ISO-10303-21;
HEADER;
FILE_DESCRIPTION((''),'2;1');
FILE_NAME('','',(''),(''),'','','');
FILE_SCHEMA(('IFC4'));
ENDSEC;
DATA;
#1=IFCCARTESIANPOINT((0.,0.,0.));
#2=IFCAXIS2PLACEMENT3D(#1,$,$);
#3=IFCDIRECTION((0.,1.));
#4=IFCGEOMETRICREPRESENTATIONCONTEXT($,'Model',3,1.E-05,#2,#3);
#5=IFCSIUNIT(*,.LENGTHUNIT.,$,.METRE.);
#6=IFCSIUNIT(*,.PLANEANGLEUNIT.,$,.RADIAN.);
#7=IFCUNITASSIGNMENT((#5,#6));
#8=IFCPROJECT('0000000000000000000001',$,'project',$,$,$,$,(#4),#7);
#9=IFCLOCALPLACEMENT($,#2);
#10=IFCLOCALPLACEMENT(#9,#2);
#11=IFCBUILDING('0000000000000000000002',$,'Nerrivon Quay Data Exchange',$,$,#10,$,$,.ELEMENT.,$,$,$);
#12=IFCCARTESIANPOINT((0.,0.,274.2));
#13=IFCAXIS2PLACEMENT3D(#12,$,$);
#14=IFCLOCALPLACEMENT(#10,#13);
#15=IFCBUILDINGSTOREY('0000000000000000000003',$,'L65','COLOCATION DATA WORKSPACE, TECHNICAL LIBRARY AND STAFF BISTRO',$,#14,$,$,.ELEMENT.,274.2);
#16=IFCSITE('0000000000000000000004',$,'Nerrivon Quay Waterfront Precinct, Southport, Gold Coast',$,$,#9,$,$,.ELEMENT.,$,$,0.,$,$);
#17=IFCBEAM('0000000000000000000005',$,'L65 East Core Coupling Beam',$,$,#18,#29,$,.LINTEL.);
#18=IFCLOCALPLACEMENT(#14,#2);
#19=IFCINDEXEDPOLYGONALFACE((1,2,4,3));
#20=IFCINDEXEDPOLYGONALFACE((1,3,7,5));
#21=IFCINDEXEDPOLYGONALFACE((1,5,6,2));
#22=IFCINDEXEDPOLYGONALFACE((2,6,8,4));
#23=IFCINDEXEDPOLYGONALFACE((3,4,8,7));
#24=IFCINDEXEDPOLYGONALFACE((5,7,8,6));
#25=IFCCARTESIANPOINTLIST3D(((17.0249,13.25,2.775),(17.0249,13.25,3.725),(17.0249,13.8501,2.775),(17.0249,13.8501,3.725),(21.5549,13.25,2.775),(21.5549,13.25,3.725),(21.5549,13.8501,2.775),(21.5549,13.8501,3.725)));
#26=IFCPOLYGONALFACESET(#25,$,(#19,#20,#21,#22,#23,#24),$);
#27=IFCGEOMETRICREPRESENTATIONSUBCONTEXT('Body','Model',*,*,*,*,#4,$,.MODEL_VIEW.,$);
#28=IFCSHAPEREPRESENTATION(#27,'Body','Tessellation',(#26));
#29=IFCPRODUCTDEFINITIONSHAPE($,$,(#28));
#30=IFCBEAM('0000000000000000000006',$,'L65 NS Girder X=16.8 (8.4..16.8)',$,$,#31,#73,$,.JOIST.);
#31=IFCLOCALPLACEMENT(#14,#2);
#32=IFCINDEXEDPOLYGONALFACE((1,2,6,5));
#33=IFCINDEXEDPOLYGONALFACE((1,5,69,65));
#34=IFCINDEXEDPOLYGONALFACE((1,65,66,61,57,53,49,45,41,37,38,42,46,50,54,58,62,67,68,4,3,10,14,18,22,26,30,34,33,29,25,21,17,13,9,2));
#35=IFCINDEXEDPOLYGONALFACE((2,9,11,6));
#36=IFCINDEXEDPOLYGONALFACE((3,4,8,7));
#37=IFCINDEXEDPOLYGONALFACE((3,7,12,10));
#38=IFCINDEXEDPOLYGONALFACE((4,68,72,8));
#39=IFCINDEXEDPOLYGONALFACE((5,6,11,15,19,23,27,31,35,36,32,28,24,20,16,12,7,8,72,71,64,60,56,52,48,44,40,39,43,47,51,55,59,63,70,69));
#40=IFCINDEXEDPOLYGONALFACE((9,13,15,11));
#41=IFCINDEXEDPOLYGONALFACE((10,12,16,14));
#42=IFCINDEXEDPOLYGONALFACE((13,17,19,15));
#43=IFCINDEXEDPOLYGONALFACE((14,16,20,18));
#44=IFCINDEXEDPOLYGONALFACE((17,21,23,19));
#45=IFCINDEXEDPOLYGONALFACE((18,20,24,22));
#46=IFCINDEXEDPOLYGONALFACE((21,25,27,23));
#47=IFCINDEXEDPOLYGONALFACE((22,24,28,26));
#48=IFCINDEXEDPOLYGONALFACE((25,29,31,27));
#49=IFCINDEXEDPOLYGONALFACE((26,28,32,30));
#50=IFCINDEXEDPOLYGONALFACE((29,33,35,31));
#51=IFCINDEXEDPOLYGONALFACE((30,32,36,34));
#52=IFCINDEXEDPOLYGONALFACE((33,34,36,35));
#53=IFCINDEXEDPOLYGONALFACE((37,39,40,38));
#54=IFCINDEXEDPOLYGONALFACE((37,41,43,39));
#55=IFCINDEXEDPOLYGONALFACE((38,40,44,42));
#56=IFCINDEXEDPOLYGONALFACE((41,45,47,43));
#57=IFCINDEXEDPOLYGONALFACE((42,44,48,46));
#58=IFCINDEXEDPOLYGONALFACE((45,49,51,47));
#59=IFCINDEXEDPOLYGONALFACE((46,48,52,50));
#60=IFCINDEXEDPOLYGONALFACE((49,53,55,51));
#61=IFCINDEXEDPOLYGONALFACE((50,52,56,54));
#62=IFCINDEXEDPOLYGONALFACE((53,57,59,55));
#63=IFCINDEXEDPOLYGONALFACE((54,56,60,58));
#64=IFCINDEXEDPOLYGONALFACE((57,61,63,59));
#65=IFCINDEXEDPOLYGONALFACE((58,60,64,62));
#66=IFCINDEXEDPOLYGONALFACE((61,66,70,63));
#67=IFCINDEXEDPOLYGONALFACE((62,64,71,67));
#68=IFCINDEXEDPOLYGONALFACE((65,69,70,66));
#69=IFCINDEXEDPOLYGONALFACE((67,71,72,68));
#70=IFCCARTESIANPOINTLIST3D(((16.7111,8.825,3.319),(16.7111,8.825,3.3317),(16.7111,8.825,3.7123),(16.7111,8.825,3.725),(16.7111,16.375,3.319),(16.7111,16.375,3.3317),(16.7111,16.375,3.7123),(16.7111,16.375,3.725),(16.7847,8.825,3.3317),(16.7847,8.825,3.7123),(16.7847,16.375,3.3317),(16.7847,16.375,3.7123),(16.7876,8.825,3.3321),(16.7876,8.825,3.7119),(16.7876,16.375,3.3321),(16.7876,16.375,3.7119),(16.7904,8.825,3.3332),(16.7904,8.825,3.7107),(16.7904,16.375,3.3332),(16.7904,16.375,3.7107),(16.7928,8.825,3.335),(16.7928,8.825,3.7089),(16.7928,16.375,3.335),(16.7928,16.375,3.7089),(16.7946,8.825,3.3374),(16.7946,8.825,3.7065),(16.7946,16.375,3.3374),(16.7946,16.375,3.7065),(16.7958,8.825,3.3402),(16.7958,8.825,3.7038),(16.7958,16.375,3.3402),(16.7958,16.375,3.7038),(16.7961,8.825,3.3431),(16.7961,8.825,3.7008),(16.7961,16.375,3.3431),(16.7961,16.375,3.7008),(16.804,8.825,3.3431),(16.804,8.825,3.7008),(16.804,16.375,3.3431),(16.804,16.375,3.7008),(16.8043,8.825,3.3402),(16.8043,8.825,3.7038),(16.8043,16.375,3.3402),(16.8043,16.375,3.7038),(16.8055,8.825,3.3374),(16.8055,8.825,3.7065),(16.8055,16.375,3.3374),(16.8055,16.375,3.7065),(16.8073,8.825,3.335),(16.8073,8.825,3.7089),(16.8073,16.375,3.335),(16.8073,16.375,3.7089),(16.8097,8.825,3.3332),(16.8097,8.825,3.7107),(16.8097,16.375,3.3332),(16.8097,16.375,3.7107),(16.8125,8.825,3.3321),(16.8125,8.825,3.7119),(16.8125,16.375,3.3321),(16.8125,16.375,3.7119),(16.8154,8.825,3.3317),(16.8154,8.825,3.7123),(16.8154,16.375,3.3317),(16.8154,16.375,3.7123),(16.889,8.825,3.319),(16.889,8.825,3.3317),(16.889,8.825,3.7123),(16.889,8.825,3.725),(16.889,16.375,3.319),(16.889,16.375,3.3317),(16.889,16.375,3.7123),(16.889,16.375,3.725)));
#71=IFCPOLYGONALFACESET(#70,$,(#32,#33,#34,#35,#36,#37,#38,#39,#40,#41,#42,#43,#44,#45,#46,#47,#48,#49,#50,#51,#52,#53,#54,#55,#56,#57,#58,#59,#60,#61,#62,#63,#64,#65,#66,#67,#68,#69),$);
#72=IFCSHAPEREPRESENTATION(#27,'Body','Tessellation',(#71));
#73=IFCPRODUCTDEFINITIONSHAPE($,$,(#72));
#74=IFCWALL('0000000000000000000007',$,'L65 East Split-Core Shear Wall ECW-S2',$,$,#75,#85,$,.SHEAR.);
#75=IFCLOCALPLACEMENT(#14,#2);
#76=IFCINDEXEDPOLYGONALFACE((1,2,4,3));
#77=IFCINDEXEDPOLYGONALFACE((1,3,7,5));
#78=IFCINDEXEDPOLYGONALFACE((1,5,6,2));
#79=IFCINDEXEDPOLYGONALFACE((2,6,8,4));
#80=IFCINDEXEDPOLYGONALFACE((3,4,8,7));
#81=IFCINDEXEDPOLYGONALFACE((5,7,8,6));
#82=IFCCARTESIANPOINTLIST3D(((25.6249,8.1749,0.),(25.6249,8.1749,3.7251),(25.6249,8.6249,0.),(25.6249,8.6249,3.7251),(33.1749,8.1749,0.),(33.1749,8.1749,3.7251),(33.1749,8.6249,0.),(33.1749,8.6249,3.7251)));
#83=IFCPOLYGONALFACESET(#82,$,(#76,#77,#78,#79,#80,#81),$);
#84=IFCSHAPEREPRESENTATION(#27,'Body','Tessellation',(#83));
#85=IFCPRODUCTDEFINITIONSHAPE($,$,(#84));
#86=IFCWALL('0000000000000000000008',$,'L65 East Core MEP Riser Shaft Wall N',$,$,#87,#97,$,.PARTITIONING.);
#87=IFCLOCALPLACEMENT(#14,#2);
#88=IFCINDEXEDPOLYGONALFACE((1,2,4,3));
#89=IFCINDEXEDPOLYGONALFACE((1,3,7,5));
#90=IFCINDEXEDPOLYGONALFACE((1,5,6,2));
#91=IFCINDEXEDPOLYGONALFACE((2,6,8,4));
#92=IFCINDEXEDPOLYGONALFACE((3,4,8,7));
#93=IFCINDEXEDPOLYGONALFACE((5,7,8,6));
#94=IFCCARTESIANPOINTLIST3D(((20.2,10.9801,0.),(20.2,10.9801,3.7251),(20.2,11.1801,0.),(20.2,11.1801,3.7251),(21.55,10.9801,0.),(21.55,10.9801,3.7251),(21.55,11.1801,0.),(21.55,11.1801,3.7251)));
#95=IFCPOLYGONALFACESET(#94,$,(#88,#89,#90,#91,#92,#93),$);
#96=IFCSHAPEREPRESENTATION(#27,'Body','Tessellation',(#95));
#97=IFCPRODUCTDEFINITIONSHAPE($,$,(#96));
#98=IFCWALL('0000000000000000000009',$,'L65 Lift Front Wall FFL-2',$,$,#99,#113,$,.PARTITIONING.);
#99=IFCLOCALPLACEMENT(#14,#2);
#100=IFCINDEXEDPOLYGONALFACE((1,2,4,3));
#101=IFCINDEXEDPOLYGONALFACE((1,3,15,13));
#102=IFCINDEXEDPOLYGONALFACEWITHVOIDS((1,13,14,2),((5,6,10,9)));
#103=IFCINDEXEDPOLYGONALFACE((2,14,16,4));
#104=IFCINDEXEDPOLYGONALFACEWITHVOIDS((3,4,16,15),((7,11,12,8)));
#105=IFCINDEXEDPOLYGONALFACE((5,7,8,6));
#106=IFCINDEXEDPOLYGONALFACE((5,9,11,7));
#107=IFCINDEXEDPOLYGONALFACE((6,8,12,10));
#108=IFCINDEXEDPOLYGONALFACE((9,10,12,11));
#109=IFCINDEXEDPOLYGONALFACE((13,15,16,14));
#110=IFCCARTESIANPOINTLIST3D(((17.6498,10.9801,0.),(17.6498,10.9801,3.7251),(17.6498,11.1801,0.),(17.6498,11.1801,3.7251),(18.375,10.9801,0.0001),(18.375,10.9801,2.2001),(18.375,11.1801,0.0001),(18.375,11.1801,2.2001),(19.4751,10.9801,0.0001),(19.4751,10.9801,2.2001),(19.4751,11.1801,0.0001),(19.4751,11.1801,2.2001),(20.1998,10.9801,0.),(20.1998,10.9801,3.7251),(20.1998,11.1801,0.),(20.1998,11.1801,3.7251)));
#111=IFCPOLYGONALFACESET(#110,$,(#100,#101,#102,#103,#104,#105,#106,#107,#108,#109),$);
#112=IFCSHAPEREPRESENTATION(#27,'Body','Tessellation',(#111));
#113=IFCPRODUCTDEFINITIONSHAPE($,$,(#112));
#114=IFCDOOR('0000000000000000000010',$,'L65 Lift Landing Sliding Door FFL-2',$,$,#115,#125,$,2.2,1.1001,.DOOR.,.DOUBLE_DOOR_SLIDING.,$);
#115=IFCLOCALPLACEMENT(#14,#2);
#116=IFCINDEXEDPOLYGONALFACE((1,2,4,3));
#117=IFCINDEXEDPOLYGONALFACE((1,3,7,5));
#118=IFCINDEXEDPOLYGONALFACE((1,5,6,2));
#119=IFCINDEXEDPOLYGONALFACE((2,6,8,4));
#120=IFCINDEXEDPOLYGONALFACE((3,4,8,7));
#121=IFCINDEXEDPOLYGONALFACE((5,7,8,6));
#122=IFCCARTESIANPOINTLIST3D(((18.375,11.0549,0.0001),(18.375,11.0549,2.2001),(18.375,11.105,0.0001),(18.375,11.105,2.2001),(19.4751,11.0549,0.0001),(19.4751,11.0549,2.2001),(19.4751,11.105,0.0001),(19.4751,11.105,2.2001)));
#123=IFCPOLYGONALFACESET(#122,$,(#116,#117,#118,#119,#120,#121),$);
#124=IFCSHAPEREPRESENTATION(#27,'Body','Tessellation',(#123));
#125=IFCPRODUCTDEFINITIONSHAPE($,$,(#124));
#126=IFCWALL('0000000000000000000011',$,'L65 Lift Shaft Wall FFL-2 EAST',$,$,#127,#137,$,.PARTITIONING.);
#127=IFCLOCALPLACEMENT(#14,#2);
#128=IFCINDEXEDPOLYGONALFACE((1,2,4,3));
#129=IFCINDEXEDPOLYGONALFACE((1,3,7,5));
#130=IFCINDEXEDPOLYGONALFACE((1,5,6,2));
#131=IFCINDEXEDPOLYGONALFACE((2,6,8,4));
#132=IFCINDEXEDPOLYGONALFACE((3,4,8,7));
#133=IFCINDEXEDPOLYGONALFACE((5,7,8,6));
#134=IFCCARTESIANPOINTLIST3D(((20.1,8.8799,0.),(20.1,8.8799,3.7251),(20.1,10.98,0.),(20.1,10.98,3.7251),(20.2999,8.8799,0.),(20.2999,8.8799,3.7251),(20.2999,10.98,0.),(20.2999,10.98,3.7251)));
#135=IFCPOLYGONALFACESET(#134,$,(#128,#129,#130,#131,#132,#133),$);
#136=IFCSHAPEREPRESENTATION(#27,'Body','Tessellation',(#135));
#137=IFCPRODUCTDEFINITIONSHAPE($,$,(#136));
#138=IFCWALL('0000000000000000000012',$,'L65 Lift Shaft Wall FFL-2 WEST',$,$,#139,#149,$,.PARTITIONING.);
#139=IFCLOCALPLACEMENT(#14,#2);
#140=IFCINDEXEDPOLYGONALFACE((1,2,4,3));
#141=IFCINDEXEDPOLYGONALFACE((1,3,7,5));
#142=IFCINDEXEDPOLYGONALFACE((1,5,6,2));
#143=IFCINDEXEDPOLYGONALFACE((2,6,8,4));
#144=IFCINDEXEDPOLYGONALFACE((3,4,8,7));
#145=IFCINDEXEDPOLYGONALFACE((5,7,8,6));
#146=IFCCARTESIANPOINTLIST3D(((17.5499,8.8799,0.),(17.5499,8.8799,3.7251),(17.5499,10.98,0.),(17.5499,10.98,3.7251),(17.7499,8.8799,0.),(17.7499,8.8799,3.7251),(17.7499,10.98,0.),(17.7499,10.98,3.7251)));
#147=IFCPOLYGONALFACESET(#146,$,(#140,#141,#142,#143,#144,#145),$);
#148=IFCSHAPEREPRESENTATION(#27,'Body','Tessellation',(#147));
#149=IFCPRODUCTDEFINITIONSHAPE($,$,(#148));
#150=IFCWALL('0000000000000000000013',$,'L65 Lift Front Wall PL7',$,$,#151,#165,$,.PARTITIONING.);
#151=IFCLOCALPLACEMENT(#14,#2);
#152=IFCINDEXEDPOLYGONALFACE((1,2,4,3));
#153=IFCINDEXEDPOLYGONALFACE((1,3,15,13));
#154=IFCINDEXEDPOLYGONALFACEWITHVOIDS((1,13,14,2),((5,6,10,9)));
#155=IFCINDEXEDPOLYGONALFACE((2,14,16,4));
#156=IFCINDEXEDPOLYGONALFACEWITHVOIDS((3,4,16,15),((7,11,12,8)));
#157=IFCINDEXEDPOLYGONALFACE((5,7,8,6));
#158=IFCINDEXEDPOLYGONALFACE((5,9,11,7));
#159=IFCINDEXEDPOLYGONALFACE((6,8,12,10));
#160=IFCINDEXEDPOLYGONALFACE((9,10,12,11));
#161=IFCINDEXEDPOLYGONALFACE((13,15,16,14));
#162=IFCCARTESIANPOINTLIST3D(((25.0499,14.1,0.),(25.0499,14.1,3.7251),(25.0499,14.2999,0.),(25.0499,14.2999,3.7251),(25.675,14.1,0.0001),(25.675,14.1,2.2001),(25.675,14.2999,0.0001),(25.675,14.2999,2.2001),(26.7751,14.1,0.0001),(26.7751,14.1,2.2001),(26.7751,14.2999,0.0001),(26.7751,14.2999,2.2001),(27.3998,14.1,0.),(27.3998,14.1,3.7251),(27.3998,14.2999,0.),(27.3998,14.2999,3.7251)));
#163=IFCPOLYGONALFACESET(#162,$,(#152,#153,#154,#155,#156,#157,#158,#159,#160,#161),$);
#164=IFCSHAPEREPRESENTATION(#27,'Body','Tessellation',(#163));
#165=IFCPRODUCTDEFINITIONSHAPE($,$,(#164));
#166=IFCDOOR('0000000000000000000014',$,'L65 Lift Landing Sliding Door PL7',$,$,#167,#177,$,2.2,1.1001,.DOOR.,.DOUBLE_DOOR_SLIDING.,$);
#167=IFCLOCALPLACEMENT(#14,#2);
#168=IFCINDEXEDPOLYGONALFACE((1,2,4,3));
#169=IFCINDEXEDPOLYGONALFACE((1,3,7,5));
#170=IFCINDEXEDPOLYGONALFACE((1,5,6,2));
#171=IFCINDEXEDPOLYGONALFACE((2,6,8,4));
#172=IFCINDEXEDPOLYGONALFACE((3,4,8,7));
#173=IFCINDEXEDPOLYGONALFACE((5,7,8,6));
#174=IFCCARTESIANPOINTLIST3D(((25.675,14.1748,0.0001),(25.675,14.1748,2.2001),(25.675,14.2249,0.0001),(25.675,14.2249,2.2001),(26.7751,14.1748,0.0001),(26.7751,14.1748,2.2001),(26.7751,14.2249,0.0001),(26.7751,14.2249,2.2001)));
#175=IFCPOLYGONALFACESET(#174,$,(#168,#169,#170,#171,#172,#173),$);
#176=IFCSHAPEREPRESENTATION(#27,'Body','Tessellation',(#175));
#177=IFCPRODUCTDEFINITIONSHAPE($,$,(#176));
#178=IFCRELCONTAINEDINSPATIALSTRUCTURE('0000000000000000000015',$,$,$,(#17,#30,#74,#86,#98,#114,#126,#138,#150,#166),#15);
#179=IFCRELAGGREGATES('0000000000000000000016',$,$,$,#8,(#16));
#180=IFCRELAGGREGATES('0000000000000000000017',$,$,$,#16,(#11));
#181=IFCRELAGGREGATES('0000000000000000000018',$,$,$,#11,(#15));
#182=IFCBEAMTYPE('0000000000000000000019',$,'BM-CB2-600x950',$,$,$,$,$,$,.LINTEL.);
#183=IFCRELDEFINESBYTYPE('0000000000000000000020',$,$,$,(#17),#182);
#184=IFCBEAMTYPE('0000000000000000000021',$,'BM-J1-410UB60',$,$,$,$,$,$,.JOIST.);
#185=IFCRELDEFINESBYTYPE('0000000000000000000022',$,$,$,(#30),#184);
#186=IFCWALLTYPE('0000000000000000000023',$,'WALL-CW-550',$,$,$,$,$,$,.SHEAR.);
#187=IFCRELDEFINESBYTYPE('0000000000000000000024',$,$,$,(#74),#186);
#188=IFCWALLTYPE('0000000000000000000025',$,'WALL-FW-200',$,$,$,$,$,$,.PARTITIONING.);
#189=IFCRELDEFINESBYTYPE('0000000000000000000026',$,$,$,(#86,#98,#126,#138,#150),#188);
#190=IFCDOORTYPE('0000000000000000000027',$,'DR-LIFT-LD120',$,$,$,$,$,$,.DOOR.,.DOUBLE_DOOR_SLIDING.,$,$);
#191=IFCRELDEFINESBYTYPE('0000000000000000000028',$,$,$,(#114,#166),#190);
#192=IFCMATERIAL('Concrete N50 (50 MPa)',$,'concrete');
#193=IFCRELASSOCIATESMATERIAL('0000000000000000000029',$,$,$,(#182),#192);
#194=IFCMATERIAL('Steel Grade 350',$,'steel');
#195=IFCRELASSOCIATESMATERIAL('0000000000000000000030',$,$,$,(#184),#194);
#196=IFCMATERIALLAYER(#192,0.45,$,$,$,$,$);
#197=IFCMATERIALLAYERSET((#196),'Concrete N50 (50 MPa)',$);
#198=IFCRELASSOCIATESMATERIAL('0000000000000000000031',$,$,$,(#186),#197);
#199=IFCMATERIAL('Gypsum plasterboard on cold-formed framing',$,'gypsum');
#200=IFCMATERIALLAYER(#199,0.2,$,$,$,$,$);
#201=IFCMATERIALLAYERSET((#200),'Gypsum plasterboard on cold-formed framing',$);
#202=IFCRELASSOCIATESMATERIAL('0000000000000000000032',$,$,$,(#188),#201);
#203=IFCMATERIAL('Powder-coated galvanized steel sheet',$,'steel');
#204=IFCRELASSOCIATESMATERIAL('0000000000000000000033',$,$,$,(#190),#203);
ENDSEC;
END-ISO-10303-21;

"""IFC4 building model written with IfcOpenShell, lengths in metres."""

from ifc_helpers import new_model, si_unit, direction, frame, frame_2d, origin, origin_2d, place, context, subcontext, project, spatial, rectangle, i_section, extrude, material, layer, layer_set, material_profile, profile_set, type_object, element, fill, save


model = new_model("IFC4")

# Units and contexts
model_context = context("Model", 3, precision=1e-05, world=origin(), true_north=direction((0.0, 1.0)))
body_context = subcontext(model_context, "Body", "Model", "MODEL_VIEW")
ifc_project = project(units=[si_unit("LENGTHUNIT", "METRE"), si_unit("PLANEANGLEUNIT", "RADIAN")], contexts=[model_context])

# Site, building, storey
site_placement = place(None, origin())
site = spatial("IfcSite", under=ifc_project, at=site_placement, Name="Nerrivon Quay Waterfront Precinct, Southport, Gold Coast", CompositionType="ELEMENT", RefElevation=0.0)
building_placement = place(site_placement, origin())
building = spatial("IfcBuilding", under=site, at=building_placement, Name="Nerrivon Quay Data Exchange", CompositionType="ELEMENT")
storey_placement = place(building_placement, frame((0.0, 0.0, 274.2)))
storey = spatial("IfcBuildingStorey", under=building, at=storey_placement, Name="L65", Description="COLOCATION DATA WORKSPACE, TECHNICAL LIBRARY AND STAFF BISTRO", CompositionType="ELEMENT", Elevation=274.2)

# Beams
ifc_material_1 = material(Name="Concrete N50 (50 MPa)", Category="concrete")
ifc_material_profile_1 = material_profile(ifc_material_1, rectangle(XDim=0.6001, YDim=0.95, at=origin_2d()), Name="RC-CB-600x950")
ifc_profile_set_1 = profile_set([ifc_material_profile_1], Name="Concrete N50 (50 MPa)")
beam_type_1 = type_object("IfcBeamType", Name="BM-CB2-600x950", PredefinedType="LINTEL", material=ifc_profile_set_1)
beam_1_placement = place(storey_placement, frame((17.0249, 13.55, 3.25), z_axis=(1.0, 0.0, 0.0), x_axis=(0.0, 1.0, 0.0)))
element("IfcBeam", 1, at=beam_1_placement, inside=storey, type_object=beam_type_1, Name="L65 East Core Coupling Beam", PredefinedType="LINTEL", context=body_context, shape_type="SweptSolid", body=[
    extrude(rectangle(XDim=0.6001, YDim=0.95, at=origin_2d()), origin(), (0.0, 0.0, 1.0), 4.53),
])
ifc_material_2 = material(Name="Steel Grade 350", Category="steel")
ifc_material_profile_2 = material_profile(ifc_material_2, i_section(OverallWidth=0.178, OverallDepth=0.406, WebThickness=0.0078, FlangeThickness=0.0127, FilletRadius=0.0115, at=origin_2d()), Name="410UB59.7")
ifc_profile_set_2 = profile_set([ifc_material_profile_2], Name="Steel Grade 350")
beam_type_2 = type_object("IfcBeamType", Name="BM-J1-410UB60", PredefinedType="JOIST", material=ifc_profile_set_2)
beam_2_placement = place(storey_placement, frame((16.8, 8.825, 3.522), z_axis=(0.0, 1.0, 0.0), x_axis=(-1.0, 0.0, 0.0)))
element("IfcBeam", 2, at=beam_2_placement, inside=storey, type_object=beam_type_2, Name="L65 NS Girder X=16.8 (8.4..16.8)", PredefinedType="JOIST", context=body_context, shape_type="SweptSolid", body=[
    extrude(i_section(OverallWidth=0.178, OverallDepth=0.406, WebThickness=0.0078, FlangeThickness=0.0127, FilletRadius=0.0115, at=origin_2d()), origin(), (0.0, 0.0, 1.0), 7.55),
])

# Wall
ifc_layer_1 = layer(ifc_material_1, 0.45)
ifc_layer_set_1 = layer_set([ifc_layer_1], Name="Concrete N50 (50 MPa)")
wall_type_1 = type_object("IfcWallType", Name="WALL-CW-550", PredefinedType="SHEAR", material=ifc_layer_set_1)
wall_1_placement = place(storey_placement, frame((25.625, 8.3999, 0.0), z_axis=(0.0, 0.0, 1.0), x_axis=(1.0, 0.0, 0.0)))
element("IfcWall", 3, at=wall_1_placement, inside=storey, type_object=wall_type_1, Name="L65 East Split-Core Shear Wall ECW-S2", PredefinedType="SHEAR", context=body_context, shape_type="SweptSolid", body=[
    extrude(rectangle(XDim=7.55, YDim=0.45, at=frame_2d((3.7749, 0.0))), origin(), (0.0, 0.0, 1.0), 3.7251),
])

# Shared definitions
ifc_material_3 = material(Name="Powder-coated galvanized steel sheet", Category="steel")

# Wall
ifc_material_4 = material(Name="Gypsum plasterboard on cold-formed framing", Category="gypsum")
ifc_layer_2 = layer(ifc_material_4, 0.2)
ifc_layer_set_2 = layer_set([ifc_layer_2], Name="Gypsum plasterboard on cold-formed framing")
wall_type_2 = type_object("IfcWallType", Name="WALL-FW-200", PredefinedType="PARTITIONING", material=ifc_layer_set_2)
wall_2_placement = place(storey_placement, frame((20.2, 11.0801, 0.0), z_axis=(0.0, 0.0, 1.0), x_axis=(1.0, 0.0, 0.0)))
element("IfcWall", 4, at=wall_2_placement, inside=storey, type_object=wall_type_2, Name="L65 East Core MEP Riser Shaft Wall N", PredefinedType="PARTITIONING", context=body_context, shape_type="SweptSolid", body=[
    extrude(rectangle(XDim=1.3501, YDim=0.2, at=frame_2d((0.675, 0.0))), origin(), (0.0, 0.0, 1.0), 3.7251),
])

# Wall, opening, door
wall_3_placement = place(storey_placement, frame((17.6499, 11.0801, 0.0), z_axis=(0.0, 0.0, 1.0), x_axis=(1.0, 0.0, 0.0)))
wall_3 = element("IfcWall", 5, at=wall_3_placement, inside=storey, type_object=wall_type_2, Name="L65 Lift Front Wall FFL-2", PredefinedType="PARTITIONING", context=body_context, shape_type="SweptSolid", body=[
    extrude(rectangle(XDim=2.55, YDim=0.2, at=frame_2d((1.2749, 0.0))), origin(), (0.0, 0.0, 1.0), 3.7251),
])
opening_1_placement = place(wall_3_placement, frame((0.7251, 0.0, 0.0)))
opening_1 = element("IfcOpeningElement", 6, at=opening_1_placement, cuts=wall_3, PredefinedType="OPENING", context=body_context, shape_type="SweptSolid", body=[
    extrude(rectangle(XDim=1.1001, YDim=2.2, at=frame_2d((0.55, 1.1001))), frame((0.0, 0.1099, 0.0), z_axis=(0.0, -1.0, 0.0), x_axis=(1.0, 0.0, 0.0)), (0.0, 0.0, 1.0), 0.22),
])
door_type_1 = type_object("IfcDoorType", Name="DR-LIFT-LD120", OperationType="DOUBLE_DOOR_SLIDING", PredefinedType="DOOR", material=ifc_material_3)
door_1_placement = place(opening_1_placement, origin())
door_1 = element("IfcDoor", 7, at=door_1_placement, inside=storey, type_object=door_type_1, Name="L65 Lift Landing Sliding Door FFL-2", OperationType="DOUBLE_DOOR_SLIDING", OverallHeight=2.2, OverallWidth=1.1001, PredefinedType="DOOR", context=body_context, shape_type="SweptSolid", body=[
    extrude(rectangle(XDim=1.1001, YDim=2.2, at=frame_2d((0.55, 1.1001))), frame((0.0, 0.0249, 0.0), z_axis=(0.0, -1.0, 0.0), x_axis=(1.0, 0.0, 0.0)), (0.0, 0.0, 1.0), 0.05),
])
fill(opening_1, door_1)

# Walls
for number, where, z_axis, x_axis, name in (
    (8, (20.2, 8.8799, 0.0), (0.0, 0.0, 1.0), (0.0, 1.0, 0.0), "L65 Lift Shaft Wall FFL-2 EAST"),
    (9, (17.6499, 8.8799, 0.0), (0.0, 0.0, 1.0), (0.0, 1.0, 0.0), "L65 Lift Shaft Wall FFL-2 WEST"),
):
    element("IfcWall", number, at=place(storey_placement, frame(where, z_axis=z_axis, x_axis=x_axis)), inside=storey, type_object=wall_type_2, Name=name, PredefinedType="PARTITIONING", context=body_context, shape_type="SweptSolid", body=[
        extrude(rectangle(XDim=2.1001, YDim=0.2, at=frame_2d((1.05, 0.0))), origin(), (0.0, 0.0, 1.0), 3.7251),
    ])

# Wall, opening, door
wall_4_placement = place(storey_placement, frame((25.05, 14.2, 0.0), z_axis=(0.0, 0.0, 1.0), x_axis=(1.0, 0.0, 0.0)))
wall_4 = element("IfcWall", 10, at=wall_4_placement, inside=storey, type_object=wall_type_2, Name="L65 Lift Front Wall PL7", PredefinedType="PARTITIONING", context=body_context, shape_type="SweptSolid", body=[
    extrude(rectangle(XDim=2.3499, YDim=0.2, at=frame_2d((1.1748, 0.0))), origin(), (0.0, 0.0, 1.0), 3.7251),
])
opening_2_placement = place(wall_4_placement, frame((0.625, 0.0, 0.0)))
opening_2 = element("IfcOpeningElement", 11, at=opening_2_placement, cuts=wall_4, PredefinedType="OPENING", context=body_context, shape_type="SweptSolid", body=[
    extrude(rectangle(XDim=1.1001, YDim=2.2, at=frame_2d((0.55, 1.1001))), frame((0.0, 0.1099, 0.0), z_axis=(0.0, -1.0, 0.0), x_axis=(1.0, 0.0, 0.0)), (0.0, 0.0, 1.0), 0.22),
])
door_2_placement = place(opening_2_placement, origin())
door_2 = element("IfcDoor", 12, at=door_2_placement, inside=storey, type_object=door_type_1, Name="L65 Lift Landing Sliding Door PL7", OperationType="DOUBLE_DOOR_SLIDING", OverallHeight=2.2, OverallWidth=1.1001, PredefinedType="DOOR", context=body_context, shape_type="SweptSolid", body=[
    extrude(rectangle(XDim=1.1001, YDim=2.2, at=frame_2d((0.55, 1.1001))), frame((0.0, 0.0249, 0.0), z_axis=(0.0, -1.0, 0.0), x_axis=(1.0, 0.0, 0.0)), (0.0, 0.0, 1.0), 0.05),
])
fill(opening_2, door_2)

save(model, "model.ifc")
